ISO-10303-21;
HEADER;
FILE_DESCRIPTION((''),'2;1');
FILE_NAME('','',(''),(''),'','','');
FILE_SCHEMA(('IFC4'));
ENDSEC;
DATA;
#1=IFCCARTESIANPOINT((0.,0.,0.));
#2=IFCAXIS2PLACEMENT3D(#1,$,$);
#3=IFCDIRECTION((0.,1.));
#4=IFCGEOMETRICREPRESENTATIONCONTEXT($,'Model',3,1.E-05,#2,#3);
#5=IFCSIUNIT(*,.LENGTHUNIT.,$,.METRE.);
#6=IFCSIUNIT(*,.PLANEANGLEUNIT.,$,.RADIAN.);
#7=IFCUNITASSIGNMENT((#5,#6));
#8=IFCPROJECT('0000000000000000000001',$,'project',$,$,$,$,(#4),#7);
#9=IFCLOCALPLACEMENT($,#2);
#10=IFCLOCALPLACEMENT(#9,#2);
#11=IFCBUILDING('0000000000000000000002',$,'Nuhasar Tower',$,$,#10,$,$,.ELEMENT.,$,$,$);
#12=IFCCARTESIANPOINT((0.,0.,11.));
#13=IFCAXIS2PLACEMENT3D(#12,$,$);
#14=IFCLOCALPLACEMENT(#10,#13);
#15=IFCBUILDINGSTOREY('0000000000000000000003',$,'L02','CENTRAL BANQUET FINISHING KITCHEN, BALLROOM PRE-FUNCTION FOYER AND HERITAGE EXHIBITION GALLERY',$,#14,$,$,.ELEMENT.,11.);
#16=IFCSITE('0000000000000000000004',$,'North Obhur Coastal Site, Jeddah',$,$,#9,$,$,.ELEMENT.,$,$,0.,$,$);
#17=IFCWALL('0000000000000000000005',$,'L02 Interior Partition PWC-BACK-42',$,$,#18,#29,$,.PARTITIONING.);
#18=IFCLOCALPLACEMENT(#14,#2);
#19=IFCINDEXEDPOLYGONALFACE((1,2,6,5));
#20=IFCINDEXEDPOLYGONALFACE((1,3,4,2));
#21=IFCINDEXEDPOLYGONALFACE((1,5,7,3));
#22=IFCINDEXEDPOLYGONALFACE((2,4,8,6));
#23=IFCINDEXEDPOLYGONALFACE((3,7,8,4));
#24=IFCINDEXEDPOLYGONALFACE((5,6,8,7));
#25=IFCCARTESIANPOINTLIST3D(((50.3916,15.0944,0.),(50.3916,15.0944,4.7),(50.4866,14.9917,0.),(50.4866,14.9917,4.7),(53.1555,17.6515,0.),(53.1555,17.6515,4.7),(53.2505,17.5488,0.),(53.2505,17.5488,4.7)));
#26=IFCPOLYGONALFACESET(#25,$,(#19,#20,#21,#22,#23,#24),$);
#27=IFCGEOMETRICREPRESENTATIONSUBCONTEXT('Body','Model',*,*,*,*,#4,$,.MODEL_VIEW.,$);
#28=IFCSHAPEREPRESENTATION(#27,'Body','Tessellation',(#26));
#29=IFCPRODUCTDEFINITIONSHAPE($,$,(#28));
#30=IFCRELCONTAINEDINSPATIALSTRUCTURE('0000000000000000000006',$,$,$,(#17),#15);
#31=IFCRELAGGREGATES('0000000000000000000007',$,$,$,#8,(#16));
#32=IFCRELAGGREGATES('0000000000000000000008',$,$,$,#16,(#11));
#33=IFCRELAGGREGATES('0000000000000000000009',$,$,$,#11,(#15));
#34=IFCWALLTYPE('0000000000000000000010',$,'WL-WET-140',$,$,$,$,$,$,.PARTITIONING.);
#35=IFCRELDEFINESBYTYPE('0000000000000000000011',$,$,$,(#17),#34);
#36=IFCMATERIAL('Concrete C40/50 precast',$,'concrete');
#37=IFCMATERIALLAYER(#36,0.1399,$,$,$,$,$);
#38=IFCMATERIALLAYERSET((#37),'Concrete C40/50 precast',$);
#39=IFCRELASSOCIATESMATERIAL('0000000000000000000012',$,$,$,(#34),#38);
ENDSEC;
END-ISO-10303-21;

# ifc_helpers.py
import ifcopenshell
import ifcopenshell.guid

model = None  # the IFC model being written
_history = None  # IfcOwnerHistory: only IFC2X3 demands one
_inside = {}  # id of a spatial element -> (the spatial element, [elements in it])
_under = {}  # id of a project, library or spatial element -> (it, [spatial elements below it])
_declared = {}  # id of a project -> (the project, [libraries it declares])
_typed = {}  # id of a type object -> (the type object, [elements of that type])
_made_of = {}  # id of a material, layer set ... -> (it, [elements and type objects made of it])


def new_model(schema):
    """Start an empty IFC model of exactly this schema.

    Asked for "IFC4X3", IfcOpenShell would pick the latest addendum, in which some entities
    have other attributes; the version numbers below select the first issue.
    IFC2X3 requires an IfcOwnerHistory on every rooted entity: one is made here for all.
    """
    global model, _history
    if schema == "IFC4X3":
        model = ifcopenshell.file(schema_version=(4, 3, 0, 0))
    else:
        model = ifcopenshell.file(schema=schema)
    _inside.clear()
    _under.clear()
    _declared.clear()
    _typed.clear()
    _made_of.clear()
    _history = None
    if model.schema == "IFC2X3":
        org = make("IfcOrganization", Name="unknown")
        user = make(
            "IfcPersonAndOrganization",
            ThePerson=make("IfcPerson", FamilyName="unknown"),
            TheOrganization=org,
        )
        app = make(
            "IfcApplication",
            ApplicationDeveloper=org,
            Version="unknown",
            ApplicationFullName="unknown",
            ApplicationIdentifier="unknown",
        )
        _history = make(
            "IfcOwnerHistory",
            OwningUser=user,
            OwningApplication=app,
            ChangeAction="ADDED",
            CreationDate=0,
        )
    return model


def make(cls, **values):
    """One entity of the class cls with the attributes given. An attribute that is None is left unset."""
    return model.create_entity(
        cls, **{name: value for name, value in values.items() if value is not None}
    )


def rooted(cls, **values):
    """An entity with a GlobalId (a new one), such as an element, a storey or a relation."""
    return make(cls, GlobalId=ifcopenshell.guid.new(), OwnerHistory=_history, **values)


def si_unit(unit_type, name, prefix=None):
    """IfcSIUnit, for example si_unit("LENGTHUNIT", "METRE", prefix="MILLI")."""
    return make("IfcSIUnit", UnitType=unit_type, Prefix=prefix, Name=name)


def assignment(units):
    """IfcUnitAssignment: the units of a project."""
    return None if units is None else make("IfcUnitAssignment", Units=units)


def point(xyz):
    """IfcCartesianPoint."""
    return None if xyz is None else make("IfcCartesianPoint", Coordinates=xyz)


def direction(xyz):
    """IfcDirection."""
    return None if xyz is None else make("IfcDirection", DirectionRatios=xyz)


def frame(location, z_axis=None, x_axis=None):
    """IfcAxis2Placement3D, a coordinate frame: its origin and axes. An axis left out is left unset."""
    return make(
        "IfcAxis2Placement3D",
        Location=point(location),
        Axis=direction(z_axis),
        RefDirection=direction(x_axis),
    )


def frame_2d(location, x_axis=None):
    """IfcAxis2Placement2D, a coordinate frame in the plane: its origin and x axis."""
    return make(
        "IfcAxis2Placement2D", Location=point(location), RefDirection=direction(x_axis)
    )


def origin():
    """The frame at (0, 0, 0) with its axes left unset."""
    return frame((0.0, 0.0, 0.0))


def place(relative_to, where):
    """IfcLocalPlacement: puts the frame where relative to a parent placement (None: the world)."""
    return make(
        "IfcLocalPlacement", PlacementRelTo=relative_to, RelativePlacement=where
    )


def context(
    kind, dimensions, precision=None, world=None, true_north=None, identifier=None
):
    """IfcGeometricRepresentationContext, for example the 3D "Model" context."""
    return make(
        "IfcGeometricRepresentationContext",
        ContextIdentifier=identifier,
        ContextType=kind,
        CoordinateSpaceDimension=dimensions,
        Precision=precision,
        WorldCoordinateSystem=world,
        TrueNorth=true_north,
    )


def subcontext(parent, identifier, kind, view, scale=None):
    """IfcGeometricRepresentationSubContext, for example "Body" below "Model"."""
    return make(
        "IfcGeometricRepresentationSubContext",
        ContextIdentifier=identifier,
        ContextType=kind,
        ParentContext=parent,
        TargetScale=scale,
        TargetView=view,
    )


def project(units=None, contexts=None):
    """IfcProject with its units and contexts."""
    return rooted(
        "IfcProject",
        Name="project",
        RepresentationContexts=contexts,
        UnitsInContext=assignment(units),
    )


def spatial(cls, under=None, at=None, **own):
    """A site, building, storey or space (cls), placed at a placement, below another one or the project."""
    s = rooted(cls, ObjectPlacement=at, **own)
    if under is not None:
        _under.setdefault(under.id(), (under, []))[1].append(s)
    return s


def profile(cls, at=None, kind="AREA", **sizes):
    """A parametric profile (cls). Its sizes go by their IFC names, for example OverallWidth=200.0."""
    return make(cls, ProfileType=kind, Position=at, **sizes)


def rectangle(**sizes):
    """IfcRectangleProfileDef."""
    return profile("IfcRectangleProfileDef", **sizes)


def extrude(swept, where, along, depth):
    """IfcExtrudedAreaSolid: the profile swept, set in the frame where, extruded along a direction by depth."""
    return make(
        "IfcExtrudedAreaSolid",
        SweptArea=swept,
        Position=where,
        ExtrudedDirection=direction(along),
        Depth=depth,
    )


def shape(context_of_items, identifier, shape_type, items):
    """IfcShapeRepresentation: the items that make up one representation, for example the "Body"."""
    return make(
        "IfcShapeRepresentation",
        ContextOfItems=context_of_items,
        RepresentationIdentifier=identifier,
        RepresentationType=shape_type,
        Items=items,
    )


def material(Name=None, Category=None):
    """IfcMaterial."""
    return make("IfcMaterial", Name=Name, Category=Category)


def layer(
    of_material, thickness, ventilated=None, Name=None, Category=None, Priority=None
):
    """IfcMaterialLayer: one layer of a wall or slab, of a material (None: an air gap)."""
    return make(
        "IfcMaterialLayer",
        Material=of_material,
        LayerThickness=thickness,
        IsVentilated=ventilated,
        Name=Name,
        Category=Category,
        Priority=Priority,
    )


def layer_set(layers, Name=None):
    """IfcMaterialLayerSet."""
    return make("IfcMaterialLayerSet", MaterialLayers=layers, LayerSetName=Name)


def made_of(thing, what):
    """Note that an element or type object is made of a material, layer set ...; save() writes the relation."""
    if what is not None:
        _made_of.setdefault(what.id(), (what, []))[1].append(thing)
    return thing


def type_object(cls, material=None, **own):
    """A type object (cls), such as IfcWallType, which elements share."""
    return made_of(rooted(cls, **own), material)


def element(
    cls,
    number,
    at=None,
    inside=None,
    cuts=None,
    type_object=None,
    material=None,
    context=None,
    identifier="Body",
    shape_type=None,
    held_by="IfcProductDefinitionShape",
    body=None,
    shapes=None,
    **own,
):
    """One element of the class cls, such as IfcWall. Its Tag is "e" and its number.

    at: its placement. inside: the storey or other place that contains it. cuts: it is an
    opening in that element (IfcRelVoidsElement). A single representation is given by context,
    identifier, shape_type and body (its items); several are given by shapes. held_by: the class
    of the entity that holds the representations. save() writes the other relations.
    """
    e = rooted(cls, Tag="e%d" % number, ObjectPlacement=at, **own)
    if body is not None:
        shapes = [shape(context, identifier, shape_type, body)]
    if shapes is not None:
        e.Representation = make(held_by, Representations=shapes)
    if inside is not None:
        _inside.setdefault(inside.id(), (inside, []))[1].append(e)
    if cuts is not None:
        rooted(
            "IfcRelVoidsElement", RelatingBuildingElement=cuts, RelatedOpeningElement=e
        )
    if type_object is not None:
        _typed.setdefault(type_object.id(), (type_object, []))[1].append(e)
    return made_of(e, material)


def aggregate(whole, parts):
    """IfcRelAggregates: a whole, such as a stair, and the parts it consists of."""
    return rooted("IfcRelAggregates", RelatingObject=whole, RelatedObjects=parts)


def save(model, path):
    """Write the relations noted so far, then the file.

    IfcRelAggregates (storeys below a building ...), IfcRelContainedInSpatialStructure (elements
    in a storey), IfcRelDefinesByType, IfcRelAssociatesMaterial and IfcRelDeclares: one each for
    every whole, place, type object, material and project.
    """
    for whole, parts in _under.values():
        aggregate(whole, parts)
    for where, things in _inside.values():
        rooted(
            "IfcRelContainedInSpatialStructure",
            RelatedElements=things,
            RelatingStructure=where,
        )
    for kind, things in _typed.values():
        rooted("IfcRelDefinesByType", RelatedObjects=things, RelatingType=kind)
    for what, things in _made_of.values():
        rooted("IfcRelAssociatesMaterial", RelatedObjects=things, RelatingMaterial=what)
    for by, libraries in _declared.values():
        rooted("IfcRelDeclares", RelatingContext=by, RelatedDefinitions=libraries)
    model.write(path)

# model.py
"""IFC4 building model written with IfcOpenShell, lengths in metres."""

from ifc_helpers import new_model, si_unit, direction, frame, frame_2d, origin, place, context, subcontext, project, spatial, rectangle, extrude, material, layer, layer_set, type_object, element, save


model = new_model("IFC4")

# Units and contexts
model_context = context("Model", 3, precision=1e-05, world=origin(), true_north=direction((0.0, 1.0)))
body_context = subcontext(model_context, "Body", "Model", "MODEL_VIEW")
ifc_project = project(units=[si_unit("LENGTHUNIT", "METRE"), si_unit("PLANEANGLEUNIT", "RADIAN")], contexts=[model_context])

# Site, building, storey
site_placement = place(None, origin())
site = spatial("IfcSite", under=ifc_project, at=site_placement, Name="North Obhur Coastal Site, Jeddah", CompositionType="ELEMENT", RefElevation=0.0)
building_placement = place(site_placement, origin())
building = spatial("IfcBuilding", under=site, at=building_placement, Name="Nuhasar Tower", CompositionType="ELEMENT")
storey_placement = place(building_placement, frame((0.0, 0.0, 11.0)))
storey = spatial("IfcBuildingStorey", under=building, at=storey_placement, Name="L02", Description="CENTRAL BANQUET FINISHING KITCHEN, BALLROOM PRE-FUNCTION FOYER AND HERITAGE EXHIBITION GALLERY", CompositionType="ELEMENT", Elevation=11.0)

# Wall
ifc_material_1 = material(Name="Concrete C40/50 precast", Category="concrete")
ifc_layer_1 = layer(ifc_material_1, 0.1399)
ifc_layer_set_1 = layer_set([ifc_layer_1], Name="Concrete C40/50 precast")
wall_type_1 = type_object("IfcWallType", Name="WL-WET-140", PredefinedType="PARTITIONING", material=ifc_layer_set_1)
wall_1_placement = place(storey_placement, frame((50.439, 15.043, 0.0), z_axis=(0.0, 0.0, 1.0), x_axis=(0.734032, 0.679114, 0.0)))
element("IfcWall", 1, at=wall_1_placement, inside=storey, type_object=wall_type_1, Name="L02 Interior Partition PWC-BACK-42", PredefinedType="PARTITIONING", context=body_context, shape_type="SweptSolid", body=[
    extrude(rectangle(XDim=3.7654, YDim=0.1399, at=frame_2d((1.8828, 0.0))), origin(), (0.0, 0.0, 1.0), 4.7),
])

save(model, "model.ifc")
